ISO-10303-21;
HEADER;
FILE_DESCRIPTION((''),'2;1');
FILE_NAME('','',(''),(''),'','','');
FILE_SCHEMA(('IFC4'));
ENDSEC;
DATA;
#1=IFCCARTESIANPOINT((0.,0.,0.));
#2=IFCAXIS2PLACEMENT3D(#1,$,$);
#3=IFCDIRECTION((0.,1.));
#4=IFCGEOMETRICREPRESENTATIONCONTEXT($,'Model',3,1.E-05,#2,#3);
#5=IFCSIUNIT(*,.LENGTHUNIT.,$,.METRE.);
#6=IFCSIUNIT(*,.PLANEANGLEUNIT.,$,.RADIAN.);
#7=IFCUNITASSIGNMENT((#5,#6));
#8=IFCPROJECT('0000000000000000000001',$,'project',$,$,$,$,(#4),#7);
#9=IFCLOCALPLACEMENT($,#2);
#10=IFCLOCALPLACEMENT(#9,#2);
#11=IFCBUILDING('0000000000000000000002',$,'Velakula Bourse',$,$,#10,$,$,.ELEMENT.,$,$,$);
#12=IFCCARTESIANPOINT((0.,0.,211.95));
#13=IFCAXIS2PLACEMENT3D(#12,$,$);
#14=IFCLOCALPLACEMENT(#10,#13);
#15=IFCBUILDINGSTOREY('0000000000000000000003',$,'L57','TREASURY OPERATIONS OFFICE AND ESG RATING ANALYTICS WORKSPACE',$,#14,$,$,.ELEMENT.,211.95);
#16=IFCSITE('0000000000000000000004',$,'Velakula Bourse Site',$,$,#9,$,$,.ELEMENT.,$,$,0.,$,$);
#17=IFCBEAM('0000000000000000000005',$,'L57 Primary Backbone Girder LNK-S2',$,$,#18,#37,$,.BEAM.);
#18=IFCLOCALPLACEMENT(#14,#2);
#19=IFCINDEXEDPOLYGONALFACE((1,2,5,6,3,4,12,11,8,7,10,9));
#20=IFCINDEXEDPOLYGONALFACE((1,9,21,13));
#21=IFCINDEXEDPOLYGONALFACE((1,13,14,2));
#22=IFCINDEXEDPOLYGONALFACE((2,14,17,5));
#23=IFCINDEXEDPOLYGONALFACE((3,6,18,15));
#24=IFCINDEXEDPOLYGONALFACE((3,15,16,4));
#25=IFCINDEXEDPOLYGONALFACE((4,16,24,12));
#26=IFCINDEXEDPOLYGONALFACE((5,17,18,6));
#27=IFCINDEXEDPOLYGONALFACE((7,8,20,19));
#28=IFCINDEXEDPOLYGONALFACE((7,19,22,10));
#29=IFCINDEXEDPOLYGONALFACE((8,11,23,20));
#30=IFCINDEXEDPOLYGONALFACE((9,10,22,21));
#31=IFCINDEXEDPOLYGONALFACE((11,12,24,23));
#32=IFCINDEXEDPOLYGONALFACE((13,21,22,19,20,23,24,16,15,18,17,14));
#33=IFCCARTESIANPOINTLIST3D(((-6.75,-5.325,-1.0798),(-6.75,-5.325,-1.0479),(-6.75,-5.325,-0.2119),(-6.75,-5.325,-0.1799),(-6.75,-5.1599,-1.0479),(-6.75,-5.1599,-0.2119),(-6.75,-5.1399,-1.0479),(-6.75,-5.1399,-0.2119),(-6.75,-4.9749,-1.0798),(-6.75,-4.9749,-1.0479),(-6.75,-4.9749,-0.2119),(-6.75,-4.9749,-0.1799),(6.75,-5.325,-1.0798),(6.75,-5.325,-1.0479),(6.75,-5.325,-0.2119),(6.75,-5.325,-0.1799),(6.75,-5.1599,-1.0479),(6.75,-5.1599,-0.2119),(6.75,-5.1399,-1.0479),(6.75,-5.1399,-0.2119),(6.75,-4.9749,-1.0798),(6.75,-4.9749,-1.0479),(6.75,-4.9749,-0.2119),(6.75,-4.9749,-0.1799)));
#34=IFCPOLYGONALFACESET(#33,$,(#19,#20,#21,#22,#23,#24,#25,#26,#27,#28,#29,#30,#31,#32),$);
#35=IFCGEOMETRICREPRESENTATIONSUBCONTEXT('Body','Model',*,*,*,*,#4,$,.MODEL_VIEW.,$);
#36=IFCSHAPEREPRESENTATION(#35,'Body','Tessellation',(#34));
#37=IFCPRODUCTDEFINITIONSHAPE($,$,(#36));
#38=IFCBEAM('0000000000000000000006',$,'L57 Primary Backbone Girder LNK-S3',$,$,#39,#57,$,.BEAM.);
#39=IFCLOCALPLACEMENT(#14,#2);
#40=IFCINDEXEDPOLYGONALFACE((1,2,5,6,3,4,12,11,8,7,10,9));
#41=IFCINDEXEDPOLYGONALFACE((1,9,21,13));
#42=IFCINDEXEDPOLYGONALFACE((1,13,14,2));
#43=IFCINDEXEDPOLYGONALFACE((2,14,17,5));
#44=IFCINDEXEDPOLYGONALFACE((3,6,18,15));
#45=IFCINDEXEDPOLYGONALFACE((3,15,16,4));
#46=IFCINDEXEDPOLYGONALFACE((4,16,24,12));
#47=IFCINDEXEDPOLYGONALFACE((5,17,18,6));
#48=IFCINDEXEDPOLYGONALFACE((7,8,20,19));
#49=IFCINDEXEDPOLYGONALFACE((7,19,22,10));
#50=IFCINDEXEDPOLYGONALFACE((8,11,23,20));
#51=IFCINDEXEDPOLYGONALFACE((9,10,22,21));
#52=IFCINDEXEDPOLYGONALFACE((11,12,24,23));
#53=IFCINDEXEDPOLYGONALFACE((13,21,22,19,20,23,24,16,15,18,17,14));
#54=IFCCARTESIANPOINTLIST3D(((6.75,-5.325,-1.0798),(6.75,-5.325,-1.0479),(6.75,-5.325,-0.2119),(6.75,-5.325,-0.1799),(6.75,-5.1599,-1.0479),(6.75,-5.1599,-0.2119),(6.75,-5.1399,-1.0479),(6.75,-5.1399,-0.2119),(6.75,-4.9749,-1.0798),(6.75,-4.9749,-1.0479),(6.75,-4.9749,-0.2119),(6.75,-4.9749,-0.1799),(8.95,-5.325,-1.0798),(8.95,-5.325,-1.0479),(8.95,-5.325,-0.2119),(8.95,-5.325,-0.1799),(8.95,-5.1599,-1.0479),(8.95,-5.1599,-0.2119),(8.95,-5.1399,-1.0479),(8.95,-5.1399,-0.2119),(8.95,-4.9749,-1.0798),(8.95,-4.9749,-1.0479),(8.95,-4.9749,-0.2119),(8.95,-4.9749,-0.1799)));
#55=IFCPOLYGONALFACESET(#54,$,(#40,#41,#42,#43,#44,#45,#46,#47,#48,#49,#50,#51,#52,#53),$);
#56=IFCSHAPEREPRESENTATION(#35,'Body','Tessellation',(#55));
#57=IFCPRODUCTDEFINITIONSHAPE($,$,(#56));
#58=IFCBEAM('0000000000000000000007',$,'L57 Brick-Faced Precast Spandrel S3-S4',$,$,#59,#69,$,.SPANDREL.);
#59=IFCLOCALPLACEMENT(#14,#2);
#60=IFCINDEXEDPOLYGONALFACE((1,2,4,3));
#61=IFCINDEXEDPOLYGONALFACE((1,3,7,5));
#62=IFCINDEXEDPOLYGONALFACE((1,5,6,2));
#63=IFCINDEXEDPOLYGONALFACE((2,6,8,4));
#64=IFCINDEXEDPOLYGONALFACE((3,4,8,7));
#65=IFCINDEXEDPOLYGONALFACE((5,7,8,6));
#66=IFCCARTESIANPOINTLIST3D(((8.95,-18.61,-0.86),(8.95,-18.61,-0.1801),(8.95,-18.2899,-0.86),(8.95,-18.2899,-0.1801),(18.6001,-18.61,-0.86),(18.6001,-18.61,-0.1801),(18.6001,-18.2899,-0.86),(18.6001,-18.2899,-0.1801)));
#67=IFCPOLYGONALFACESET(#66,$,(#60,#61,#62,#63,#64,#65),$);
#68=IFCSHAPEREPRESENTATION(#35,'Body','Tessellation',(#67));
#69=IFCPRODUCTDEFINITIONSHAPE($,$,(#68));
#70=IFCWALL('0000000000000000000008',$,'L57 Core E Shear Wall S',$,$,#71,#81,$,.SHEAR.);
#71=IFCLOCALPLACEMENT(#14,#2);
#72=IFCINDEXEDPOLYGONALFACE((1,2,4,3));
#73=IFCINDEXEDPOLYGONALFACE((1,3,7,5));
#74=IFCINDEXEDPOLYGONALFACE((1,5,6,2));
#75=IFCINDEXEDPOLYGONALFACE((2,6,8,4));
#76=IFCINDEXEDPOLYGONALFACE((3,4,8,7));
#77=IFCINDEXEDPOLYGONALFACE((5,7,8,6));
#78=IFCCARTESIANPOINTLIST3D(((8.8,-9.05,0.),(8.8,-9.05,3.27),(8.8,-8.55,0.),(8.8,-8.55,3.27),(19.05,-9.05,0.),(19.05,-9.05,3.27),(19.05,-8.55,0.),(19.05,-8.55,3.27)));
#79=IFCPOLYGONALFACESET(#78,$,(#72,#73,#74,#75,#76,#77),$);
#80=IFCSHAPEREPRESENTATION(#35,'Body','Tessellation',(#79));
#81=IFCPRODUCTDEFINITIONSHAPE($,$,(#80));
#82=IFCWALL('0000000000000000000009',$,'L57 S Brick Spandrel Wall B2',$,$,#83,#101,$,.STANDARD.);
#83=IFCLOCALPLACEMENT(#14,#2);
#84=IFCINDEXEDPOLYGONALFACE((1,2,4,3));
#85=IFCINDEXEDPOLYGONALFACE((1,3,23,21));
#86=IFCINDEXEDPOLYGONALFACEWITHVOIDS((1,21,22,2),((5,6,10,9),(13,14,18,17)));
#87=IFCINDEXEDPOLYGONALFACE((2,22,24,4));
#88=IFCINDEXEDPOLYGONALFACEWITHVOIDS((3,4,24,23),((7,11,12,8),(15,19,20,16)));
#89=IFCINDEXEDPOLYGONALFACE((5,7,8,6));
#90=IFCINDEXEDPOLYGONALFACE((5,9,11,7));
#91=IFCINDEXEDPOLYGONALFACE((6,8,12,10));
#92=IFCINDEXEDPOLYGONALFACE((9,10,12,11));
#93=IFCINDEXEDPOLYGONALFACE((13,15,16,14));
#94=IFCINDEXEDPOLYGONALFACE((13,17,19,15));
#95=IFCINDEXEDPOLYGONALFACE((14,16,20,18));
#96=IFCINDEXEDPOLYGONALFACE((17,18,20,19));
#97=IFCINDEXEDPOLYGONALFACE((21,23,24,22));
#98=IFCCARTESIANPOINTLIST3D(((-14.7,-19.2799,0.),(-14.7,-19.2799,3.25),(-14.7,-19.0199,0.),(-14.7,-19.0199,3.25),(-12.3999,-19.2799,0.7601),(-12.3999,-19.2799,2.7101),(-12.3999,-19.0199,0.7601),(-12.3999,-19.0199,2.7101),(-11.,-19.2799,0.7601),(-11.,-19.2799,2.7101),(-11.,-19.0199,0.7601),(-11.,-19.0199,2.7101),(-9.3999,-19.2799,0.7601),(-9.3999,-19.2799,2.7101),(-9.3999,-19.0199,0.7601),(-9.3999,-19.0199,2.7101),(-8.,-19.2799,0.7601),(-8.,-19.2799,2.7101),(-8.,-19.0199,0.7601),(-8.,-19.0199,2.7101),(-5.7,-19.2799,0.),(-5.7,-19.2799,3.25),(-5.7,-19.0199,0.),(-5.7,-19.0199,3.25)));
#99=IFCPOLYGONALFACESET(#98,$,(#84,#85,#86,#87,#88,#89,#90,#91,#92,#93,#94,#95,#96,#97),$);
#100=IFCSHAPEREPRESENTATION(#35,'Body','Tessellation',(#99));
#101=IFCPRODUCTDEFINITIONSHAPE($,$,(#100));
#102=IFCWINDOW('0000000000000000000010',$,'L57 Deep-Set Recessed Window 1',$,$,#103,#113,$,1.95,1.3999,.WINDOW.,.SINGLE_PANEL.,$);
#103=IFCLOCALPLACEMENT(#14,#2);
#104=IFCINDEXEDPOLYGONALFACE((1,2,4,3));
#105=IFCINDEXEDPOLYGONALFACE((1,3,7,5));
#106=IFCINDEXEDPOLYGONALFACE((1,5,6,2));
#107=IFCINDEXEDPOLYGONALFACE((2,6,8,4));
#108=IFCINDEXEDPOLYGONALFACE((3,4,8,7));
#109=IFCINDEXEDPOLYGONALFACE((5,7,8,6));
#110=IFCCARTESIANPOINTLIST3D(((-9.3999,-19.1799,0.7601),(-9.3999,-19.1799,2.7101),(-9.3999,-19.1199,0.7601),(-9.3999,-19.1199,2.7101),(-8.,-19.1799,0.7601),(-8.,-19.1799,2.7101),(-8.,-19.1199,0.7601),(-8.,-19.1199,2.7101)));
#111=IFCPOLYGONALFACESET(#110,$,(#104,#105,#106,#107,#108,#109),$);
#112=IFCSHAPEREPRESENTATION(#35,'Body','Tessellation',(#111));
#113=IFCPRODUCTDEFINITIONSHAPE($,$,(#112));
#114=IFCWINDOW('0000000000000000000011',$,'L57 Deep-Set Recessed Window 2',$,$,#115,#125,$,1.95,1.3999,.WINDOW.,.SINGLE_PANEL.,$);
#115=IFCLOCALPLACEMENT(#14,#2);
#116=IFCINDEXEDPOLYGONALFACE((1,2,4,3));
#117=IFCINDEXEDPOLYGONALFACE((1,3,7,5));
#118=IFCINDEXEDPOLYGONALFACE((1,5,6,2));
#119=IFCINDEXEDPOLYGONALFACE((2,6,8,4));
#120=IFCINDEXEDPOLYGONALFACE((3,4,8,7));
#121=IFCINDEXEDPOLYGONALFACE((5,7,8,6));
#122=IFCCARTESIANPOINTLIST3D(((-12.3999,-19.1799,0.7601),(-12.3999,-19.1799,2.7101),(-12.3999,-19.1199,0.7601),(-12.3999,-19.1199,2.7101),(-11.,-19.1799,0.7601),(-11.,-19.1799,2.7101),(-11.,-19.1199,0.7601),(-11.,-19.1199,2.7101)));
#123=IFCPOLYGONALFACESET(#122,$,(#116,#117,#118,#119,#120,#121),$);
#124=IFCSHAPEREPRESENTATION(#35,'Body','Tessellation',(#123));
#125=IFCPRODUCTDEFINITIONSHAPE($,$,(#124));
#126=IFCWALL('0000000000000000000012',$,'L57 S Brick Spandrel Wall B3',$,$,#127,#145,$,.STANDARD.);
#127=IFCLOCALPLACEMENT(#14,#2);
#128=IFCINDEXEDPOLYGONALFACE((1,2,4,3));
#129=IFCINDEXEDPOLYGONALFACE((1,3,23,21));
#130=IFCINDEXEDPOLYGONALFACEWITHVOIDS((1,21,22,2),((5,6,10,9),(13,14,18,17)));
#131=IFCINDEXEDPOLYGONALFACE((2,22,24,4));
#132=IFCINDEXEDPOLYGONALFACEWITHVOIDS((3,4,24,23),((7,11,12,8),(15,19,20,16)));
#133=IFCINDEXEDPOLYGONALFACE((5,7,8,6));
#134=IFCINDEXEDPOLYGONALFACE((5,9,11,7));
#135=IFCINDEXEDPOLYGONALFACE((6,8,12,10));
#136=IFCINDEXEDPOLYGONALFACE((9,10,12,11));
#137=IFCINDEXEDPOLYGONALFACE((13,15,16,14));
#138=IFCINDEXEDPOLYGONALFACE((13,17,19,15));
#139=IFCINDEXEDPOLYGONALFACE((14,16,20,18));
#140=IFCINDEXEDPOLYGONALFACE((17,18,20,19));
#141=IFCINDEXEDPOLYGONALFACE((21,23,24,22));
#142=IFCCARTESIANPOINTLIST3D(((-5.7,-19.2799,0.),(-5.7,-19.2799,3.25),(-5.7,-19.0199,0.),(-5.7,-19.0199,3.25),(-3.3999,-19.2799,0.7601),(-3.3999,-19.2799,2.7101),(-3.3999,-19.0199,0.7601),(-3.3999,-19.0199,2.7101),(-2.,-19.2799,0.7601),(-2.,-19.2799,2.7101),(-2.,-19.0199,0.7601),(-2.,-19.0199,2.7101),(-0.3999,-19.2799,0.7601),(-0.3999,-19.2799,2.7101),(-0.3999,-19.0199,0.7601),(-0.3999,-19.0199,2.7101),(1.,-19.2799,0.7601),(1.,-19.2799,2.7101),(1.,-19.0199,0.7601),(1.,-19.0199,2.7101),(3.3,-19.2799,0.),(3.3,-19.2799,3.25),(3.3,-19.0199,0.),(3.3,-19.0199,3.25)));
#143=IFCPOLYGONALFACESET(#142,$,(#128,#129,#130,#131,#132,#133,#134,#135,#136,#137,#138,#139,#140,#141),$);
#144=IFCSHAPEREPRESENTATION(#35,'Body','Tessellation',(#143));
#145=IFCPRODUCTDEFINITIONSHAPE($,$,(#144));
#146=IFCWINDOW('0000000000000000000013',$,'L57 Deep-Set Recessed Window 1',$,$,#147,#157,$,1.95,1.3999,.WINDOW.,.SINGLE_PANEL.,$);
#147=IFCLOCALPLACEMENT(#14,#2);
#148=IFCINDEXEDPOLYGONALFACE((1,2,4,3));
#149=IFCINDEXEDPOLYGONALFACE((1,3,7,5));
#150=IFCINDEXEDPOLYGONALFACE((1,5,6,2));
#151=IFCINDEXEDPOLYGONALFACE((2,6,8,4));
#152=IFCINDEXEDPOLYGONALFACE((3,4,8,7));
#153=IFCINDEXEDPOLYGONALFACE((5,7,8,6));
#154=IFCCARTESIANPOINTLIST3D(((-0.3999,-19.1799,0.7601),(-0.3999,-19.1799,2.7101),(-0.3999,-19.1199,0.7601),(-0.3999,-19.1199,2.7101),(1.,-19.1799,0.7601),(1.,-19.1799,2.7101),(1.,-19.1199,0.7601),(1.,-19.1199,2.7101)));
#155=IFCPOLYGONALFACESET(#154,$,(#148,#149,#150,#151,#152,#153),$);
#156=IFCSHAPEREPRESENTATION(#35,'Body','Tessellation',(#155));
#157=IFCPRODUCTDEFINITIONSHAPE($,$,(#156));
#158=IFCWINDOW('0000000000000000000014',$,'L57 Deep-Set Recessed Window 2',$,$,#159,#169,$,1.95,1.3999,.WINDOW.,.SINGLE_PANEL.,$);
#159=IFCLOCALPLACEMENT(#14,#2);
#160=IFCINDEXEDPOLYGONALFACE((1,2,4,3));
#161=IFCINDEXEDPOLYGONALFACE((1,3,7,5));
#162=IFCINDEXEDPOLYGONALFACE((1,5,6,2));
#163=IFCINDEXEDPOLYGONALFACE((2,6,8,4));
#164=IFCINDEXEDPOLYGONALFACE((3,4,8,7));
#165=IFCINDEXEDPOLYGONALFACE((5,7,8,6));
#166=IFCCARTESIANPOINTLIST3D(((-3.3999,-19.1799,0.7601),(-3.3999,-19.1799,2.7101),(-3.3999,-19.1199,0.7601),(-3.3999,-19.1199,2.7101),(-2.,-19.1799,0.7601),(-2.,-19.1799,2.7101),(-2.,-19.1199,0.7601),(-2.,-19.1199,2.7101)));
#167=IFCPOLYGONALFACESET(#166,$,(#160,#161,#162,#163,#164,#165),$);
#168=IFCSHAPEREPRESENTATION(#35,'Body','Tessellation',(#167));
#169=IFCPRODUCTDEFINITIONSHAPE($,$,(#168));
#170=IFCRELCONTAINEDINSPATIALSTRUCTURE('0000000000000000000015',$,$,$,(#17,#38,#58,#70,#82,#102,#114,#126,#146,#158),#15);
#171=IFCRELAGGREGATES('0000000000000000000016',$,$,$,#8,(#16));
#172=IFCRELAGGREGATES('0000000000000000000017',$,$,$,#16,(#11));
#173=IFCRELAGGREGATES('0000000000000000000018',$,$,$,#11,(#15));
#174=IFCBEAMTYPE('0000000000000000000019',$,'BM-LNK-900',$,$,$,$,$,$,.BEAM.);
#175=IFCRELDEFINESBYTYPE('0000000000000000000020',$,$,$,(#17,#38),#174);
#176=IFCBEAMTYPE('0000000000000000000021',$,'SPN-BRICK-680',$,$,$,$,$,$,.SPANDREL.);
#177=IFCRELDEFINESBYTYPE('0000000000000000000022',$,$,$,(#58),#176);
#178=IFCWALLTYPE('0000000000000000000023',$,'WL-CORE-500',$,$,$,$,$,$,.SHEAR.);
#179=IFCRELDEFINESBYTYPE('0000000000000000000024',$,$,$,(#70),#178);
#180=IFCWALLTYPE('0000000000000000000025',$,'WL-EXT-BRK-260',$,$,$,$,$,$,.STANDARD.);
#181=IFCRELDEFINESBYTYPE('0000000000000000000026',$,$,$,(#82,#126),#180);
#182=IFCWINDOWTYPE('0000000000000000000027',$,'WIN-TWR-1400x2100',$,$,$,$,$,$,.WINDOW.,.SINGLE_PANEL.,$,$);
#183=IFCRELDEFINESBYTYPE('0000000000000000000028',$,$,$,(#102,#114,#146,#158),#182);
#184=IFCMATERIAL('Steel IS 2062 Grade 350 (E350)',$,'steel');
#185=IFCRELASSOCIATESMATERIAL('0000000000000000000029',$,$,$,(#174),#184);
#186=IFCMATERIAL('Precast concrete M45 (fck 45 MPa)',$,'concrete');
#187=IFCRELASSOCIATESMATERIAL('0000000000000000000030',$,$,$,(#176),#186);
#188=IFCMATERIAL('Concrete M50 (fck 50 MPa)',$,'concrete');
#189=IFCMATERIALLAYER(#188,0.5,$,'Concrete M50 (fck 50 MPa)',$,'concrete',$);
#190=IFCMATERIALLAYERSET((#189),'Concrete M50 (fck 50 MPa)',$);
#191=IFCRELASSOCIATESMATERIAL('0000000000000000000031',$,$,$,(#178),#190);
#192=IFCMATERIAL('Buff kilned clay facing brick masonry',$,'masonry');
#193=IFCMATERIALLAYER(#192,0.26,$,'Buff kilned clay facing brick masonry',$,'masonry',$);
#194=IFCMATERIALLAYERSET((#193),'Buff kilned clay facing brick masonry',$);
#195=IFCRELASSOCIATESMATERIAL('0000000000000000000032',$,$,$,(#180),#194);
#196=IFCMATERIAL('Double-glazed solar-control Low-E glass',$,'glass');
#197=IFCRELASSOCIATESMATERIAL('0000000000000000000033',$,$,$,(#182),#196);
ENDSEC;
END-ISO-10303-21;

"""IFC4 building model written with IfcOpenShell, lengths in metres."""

from ifc_helpers import new_model, si_unit, direction, frame, frame_2d, origin, origin_2d, place, context, subcontext, project, spatial, rectangle, i_section, extrude, material, layer, layer_set, material_profile, profile_set, type_object, element, fill, save


model = new_model("IFC4")

# Units and contexts
model_context = context("Model", 3, precision=1e-05, world=origin(), true_north=direction((0.0, 1.0)))
body_context = subcontext(model_context, "Body", "Model", "MODEL_VIEW")
ifc_project = project(units=[si_unit("LENGTHUNIT", "METRE"), si_unit("PLANEANGLEUNIT", "RADIAN")], contexts=[model_context])

# Site, building, storey
site_placement = place(None, origin())
site = spatial("IfcSite", under=ifc_project, at=site_placement, Name="Velakula Bourse Site", CompositionType="ELEMENT", RefElevation=0.0)
building_placement = place(site_placement, origin())
building = spatial("IfcBuilding", under=site, at=building_placement, Name="Velakula Bourse", CompositionType="ELEMENT")
storey_placement = place(building_placement, frame((0.0, 0.0, 211.95)))
storey = spatial("IfcBuildingStorey", under=building, at=storey_placement, Name="L57", Description="TREASURY OPERATIONS OFFICE AND ESG RATING ANALYTICS WORKSPACE", CompositionType="ELEMENT", Elevation=211.95)

# Shared definitions
ifc_material_1 = material(Name="Concrete M50 (fck 50 MPa)", Category="concrete")
ifc_material_2 = material(Name="Steel IS 2062 Grade 350 (E350)", Category="steel")

# Beams
ifc_material_profile_1 = material_profile(ifc_material_2, i_section(OverallWidth=0.3501, OverallDepth=0.8999, WebThickness=0.02, FlangeThickness=0.032, at=origin_2d()), Name="Steel IS 2062 Grade 350 (E350)")
ifc_profile_set_1 = profile_set([ifc_material_profile_1], Name="Steel IS 2062 Grade 350 (E350)")
beam_type_1 = type_object("IfcBeamType", Name="BM-LNK-900", PredefinedType="BEAM", material=ifc_profile_set_1)
beam_1_placement = place(storey_placement, frame((-6.75, -5.1499, -0.6299), z_axis=(1.0, 0.0, 0.0), x_axis=(0.0, 1.0, 0.0)))
element("IfcBeam", 1, at=beam_1_placement, inside=storey, type_object=beam_type_1, Name="L57 Primary Backbone Girder LNK-S2", PredefinedType="BEAM", context=body_context, shape_type="SweptSolid", body=[
    extrude(i_section(OverallWidth=0.3501, OverallDepth=0.8999, WebThickness=0.02, FlangeThickness=0.032, at=origin_2d()), origin(), (0.0, 0.0, 1.0), 13.5),
])
beam_2_placement = place(storey_placement, frame((6.75, -5.1499, -0.6299), z_axis=(1.0, 0.0, 0.0), x_axis=(0.0, 1.0, 0.0)))
element("IfcBeam", 2, at=beam_2_placement, inside=storey, type_object=beam_type_1, Name="L57 Primary Backbone Girder LNK-S3", PredefinedType="BEAM", context=body_context, shape_type="SweptSolid", body=[
    extrude(i_section(OverallWidth=0.3501, OverallDepth=0.8999, WebThickness=0.02, FlangeThickness=0.032, at=origin_2d()), origin(), (0.0, 0.0, 1.0), 2.2),
])
ifc_material_3 = material(Name="Precast concrete M45 (fck 45 MPa)", Category="concrete")
ifc_material_profile_2 = material_profile(ifc_material_3, rectangle(XDim=0.3201, YDim=0.6799, at=origin_2d()), Name="Precast concrete M45 (fck 45 MPa)")
ifc_profile_set_2 = profile_set([ifc_material_profile_2], Name="Precast concrete M45 (fck 45 MPa)")
beam_type_2 = type_object("IfcBeamType", Name="SPN-BRICK-680", PredefinedType="SPANDREL", material=ifc_profile_set_2)
beam_3_placement = place(storey_placement, frame((8.95, -18.45, -0.52), z_axis=(1.0, 0.0, 0.0), x_axis=(0.0, 1.0, 0.0)))
element("IfcBeam", 3, at=beam_3_placement, inside=storey, type_object=beam_type_2, Name="L57 Brick-Faced Precast Spandrel S3-S4", PredefinedType="SPANDREL", context=body_context, shape_type="SweptSolid", body=[
    extrude(rectangle(XDim=0.3201, YDim=0.6799, at=origin_2d()), origin(), (0.0, 0.0, 1.0), 9.6501),
])

# Wall
ifc_layer_1 = layer(ifc_material_1, 0.5, Name="Concrete M50 (fck 50 MPa)", Category="concrete")
ifc_layer_set_1 = layer_set([ifc_layer_1], Name="Concrete M50 (fck 50 MPa)")
wall_type_1 = type_object("IfcWallType", Name="WL-CORE-500", PredefinedType="SHEAR", material=ifc_layer_set_1)
wall_1_placement = place(storey_placement, frame((8.8, -8.8, 0.0), z_axis=(0.0, 0.0, 1.0), x_axis=(1.0, 0.0, 0.0)))
element("IfcWall", 4, at=wall_1_placement, inside=storey, type_object=wall_type_1, Name="L57 Core E Shear Wall S", PredefinedType="SHEAR", context=body_context, shape_type="SweptSolid", body=[
    extrude(rectangle(XDim=10.25, YDim=0.5, at=frame_2d((5.125, 0.0))), origin(), (0.0, 0.0, 1.0), 3.27),
])

# Walls, openings, windows
ifc_material_4 = material(Name="Buff kilned clay facing brick masonry", Category="masonry")
ifc_layer_2 = layer(ifc_material_4, 0.26, Name="Buff kilned clay facing brick masonry", Category="masonry")
ifc_layer_set_2 = layer_set([ifc_layer_2], Name="Buff kilned clay facing brick masonry")
wall_type_2 = type_object("IfcWallType", Name="WL-EXT-BRK-260", PredefinedType="STANDARD", material=ifc_layer_set_2)
wall_2_placement = place(storey_placement, frame((-5.7, -19.1499, 0.0), z_axis=(0.0, 0.0, 1.0), x_axis=(-1.0, 0.0, 0.0)))
wall_2 = element("IfcWall", 5, at=wall_2_placement, inside=storey, type_object=wall_type_2, Name="L57 S Brick Spandrel Wall B2", PredefinedType="STANDARD", context=body_context, shape_type="SweptSolid", body=[
    extrude(rectangle(XDim=9.0, YDim=0.26, at=frame_2d((4.5, 0.0))), origin(), (0.0, 0.0, 1.0), 3.25),
])
opening_1_placement = place(wall_2_placement, frame((2.3, 0.0, 0.76)))
opening_1 = element("IfcOpeningElement", 6, at=opening_1_placement, cuts=wall_2, PredefinedType="OPENING", context=body_context, shape_type="SweptSolid", body=[
    extrude(rectangle(XDim=1.3999, YDim=1.95, at=frame_2d((0.7, 0.9751))), frame((0.0, 0.1399, 0.0), z_axis=(0.0, -1.0, 0.0), x_axis=(1.0, 0.0, 0.0)), (0.0, 0.0, 1.0), 0.28),
])
opening_2_placement = place(wall_2_placement, frame((5.3, 0.0, 0.76)))
opening_2 = element("IfcOpeningElement", 7, at=opening_2_placement, cuts=wall_2, PredefinedType="OPENING", context=body_context, shape_type="SweptSolid", body=[
    extrude(rectangle(XDim=1.3999, YDim=1.95, at=frame_2d((0.7, 0.9751))), frame((0.0, 0.1399, 0.0), z_axis=(0.0, -1.0, 0.0), x_axis=(1.0, 0.0, 0.0)), (0.0, 0.0, 1.0), 0.28),
])
ifc_material_5 = material(Name="Double-glazed solar-control Low-E glass", Category="glass")
window_type = type_object("IfcWindowType", Name="WIN-TWR-1400x2100", PartitioningType="SINGLE_PANEL", PredefinedType="WINDOW", material=ifc_material_5)
window_1_placement = place(opening_1_placement, origin())
window_1 = element("IfcWindow", 8, at=window_1_placement, inside=storey, type_object=window_type, Name="L57 Deep-Set Recessed Window 1", OverallHeight=1.95, OverallWidth=1.3999, PartitioningType="SINGLE_PANEL", PredefinedType="WINDOW", context=body_context, shape_type="SweptSolid", body=[
    extrude(rectangle(XDim=1.3999, YDim=1.95, at=frame_2d((0.7, 0.9751))), frame((0.0, 0.03, 0.0), z_axis=(0.0, -1.0, 0.0), x_axis=(1.0, 0.0, 0.0)), (0.0, 0.0, 1.0), 0.0601),
])
fill(opening_1, window_1)
window_2_placement = place(opening_2_placement, origin())
window_2 = element("IfcWindow", 9, at=window_2_placement, inside=storey, type_object=window_type, Name="L57 Deep-Set Recessed Window 2", OverallHeight=1.95, OverallWidth=1.3999, PartitioningType="SINGLE_PANEL", PredefinedType="WINDOW", context=body_context, shape_type="SweptSolid", body=[
    extrude(rectangle(XDim=1.3999, YDim=1.95, at=frame_2d((0.7, 0.9751))), frame((0.0, 0.03, 0.0), z_axis=(0.0, -1.0, 0.0), x_axis=(1.0, 0.0, 0.0)), (0.0, 0.0, 1.0), 0.0601),
])
fill(opening_2, window_2)
wall_3_placement = place(storey_placement, frame((3.3, -19.1499, 0.0), z_axis=(0.0, 0.0, 1.0), x_axis=(-1.0, 0.0, 0.0)))
wall_3 = element("IfcWall", 10, at=wall_3_placement, inside=storey, type_object=wall_type_2, Name="L57 S Brick Spandrel Wall B3", PredefinedType="STANDARD", context=body_context, shape_type="SweptSolid", body=[
    extrude(rectangle(XDim=9.0, YDim=0.26, at=frame_2d((4.5, 0.0))), origin(), (0.0, 0.0, 1.0), 3.25),
])
opening_3_placement = place(wall_3_placement, frame((2.3, 0.0, 0.76)))
opening_3 = element("IfcOpeningElement", 11, at=opening_3_placement, cuts=wall_3, PredefinedType="OPENING", context=body_context, shape_type="SweptSolid", body=[
    extrude(rectangle(XDim=1.3999, YDim=1.95, at=frame_2d((0.7, 0.9751))), frame((0.0, 0.1399, 0.0), z_axis=(0.0, -1.0, 0.0), x_axis=(1.0, 0.0, 0.0)), (0.0, 0.0, 1.0), 0.28),
])
opening_4_placement = place(wall_3_placement, frame((5.3, 0.0, 0.76)))
opening_4 = element("IfcOpeningElement", 12, at=opening_4_placement, cuts=wall_3, PredefinedType="OPENING", context=body_context, shape_type="SweptSolid", body=[
    extrude(rectangle(XDim=1.3999, YDim=1.95, at=frame_2d((0.7, 0.9751))), frame((0.0, 0.1399, 0.0), z_axis=(0.0, -1.0, 0.0), x_axis=(1.0, 0.0, 0.0)), (0.0, 0.0, 1.0), 0.28),
])
window_3_placement = place(opening_3_placement, origin())
window_3 = element("IfcWindow", 13, at=window_3_placement, inside=storey, type_object=window_type, Name="L57 Deep-Set Recessed Window 1", OverallHeight=1.95, OverallWidth=1.3999, PartitioningType="SINGLE_PANEL", PredefinedType="WINDOW", context=body_context, shape_type="SweptSolid", body=[
    extrude(rectangle(XDim=1.3999, YDim=1.95, at=frame_2d((0.7, 0.9751))), frame((0.0, 0.03, 0.0), z_axis=(0.0, -1.0, 0.0), x_axis=(1.0, 0.0, 0.0)), (0.0, 0.0, 1.0), 0.0601),
])
fill(opening_3, window_3)
window_4_placement = place(opening_4_placement, origin())
window_4 = element("IfcWindow", 14, at=window_4_placement, inside=storey, type_object=window_type, Name="L57 Deep-Set Recessed Window 2", OverallHeight=1.95, OverallWidth=1.3999, PartitioningType="SINGLE_PANEL", PredefinedType="WINDOW", context=body_context, shape_type="SweptSolid", body=[
    extrude(rectangle(XDim=1.3999, YDim=1.95, at=frame_2d((0.7, 0.9751))), frame((0.0, 0.03, 0.0), z_axis=(0.0, -1.0, 0.0), x_axis=(1.0, 0.0, 0.0)), (0.0, 0.0, 1.0), 0.0601),
])
fill(opening_4, window_4)

save(model, "model.ifc")
